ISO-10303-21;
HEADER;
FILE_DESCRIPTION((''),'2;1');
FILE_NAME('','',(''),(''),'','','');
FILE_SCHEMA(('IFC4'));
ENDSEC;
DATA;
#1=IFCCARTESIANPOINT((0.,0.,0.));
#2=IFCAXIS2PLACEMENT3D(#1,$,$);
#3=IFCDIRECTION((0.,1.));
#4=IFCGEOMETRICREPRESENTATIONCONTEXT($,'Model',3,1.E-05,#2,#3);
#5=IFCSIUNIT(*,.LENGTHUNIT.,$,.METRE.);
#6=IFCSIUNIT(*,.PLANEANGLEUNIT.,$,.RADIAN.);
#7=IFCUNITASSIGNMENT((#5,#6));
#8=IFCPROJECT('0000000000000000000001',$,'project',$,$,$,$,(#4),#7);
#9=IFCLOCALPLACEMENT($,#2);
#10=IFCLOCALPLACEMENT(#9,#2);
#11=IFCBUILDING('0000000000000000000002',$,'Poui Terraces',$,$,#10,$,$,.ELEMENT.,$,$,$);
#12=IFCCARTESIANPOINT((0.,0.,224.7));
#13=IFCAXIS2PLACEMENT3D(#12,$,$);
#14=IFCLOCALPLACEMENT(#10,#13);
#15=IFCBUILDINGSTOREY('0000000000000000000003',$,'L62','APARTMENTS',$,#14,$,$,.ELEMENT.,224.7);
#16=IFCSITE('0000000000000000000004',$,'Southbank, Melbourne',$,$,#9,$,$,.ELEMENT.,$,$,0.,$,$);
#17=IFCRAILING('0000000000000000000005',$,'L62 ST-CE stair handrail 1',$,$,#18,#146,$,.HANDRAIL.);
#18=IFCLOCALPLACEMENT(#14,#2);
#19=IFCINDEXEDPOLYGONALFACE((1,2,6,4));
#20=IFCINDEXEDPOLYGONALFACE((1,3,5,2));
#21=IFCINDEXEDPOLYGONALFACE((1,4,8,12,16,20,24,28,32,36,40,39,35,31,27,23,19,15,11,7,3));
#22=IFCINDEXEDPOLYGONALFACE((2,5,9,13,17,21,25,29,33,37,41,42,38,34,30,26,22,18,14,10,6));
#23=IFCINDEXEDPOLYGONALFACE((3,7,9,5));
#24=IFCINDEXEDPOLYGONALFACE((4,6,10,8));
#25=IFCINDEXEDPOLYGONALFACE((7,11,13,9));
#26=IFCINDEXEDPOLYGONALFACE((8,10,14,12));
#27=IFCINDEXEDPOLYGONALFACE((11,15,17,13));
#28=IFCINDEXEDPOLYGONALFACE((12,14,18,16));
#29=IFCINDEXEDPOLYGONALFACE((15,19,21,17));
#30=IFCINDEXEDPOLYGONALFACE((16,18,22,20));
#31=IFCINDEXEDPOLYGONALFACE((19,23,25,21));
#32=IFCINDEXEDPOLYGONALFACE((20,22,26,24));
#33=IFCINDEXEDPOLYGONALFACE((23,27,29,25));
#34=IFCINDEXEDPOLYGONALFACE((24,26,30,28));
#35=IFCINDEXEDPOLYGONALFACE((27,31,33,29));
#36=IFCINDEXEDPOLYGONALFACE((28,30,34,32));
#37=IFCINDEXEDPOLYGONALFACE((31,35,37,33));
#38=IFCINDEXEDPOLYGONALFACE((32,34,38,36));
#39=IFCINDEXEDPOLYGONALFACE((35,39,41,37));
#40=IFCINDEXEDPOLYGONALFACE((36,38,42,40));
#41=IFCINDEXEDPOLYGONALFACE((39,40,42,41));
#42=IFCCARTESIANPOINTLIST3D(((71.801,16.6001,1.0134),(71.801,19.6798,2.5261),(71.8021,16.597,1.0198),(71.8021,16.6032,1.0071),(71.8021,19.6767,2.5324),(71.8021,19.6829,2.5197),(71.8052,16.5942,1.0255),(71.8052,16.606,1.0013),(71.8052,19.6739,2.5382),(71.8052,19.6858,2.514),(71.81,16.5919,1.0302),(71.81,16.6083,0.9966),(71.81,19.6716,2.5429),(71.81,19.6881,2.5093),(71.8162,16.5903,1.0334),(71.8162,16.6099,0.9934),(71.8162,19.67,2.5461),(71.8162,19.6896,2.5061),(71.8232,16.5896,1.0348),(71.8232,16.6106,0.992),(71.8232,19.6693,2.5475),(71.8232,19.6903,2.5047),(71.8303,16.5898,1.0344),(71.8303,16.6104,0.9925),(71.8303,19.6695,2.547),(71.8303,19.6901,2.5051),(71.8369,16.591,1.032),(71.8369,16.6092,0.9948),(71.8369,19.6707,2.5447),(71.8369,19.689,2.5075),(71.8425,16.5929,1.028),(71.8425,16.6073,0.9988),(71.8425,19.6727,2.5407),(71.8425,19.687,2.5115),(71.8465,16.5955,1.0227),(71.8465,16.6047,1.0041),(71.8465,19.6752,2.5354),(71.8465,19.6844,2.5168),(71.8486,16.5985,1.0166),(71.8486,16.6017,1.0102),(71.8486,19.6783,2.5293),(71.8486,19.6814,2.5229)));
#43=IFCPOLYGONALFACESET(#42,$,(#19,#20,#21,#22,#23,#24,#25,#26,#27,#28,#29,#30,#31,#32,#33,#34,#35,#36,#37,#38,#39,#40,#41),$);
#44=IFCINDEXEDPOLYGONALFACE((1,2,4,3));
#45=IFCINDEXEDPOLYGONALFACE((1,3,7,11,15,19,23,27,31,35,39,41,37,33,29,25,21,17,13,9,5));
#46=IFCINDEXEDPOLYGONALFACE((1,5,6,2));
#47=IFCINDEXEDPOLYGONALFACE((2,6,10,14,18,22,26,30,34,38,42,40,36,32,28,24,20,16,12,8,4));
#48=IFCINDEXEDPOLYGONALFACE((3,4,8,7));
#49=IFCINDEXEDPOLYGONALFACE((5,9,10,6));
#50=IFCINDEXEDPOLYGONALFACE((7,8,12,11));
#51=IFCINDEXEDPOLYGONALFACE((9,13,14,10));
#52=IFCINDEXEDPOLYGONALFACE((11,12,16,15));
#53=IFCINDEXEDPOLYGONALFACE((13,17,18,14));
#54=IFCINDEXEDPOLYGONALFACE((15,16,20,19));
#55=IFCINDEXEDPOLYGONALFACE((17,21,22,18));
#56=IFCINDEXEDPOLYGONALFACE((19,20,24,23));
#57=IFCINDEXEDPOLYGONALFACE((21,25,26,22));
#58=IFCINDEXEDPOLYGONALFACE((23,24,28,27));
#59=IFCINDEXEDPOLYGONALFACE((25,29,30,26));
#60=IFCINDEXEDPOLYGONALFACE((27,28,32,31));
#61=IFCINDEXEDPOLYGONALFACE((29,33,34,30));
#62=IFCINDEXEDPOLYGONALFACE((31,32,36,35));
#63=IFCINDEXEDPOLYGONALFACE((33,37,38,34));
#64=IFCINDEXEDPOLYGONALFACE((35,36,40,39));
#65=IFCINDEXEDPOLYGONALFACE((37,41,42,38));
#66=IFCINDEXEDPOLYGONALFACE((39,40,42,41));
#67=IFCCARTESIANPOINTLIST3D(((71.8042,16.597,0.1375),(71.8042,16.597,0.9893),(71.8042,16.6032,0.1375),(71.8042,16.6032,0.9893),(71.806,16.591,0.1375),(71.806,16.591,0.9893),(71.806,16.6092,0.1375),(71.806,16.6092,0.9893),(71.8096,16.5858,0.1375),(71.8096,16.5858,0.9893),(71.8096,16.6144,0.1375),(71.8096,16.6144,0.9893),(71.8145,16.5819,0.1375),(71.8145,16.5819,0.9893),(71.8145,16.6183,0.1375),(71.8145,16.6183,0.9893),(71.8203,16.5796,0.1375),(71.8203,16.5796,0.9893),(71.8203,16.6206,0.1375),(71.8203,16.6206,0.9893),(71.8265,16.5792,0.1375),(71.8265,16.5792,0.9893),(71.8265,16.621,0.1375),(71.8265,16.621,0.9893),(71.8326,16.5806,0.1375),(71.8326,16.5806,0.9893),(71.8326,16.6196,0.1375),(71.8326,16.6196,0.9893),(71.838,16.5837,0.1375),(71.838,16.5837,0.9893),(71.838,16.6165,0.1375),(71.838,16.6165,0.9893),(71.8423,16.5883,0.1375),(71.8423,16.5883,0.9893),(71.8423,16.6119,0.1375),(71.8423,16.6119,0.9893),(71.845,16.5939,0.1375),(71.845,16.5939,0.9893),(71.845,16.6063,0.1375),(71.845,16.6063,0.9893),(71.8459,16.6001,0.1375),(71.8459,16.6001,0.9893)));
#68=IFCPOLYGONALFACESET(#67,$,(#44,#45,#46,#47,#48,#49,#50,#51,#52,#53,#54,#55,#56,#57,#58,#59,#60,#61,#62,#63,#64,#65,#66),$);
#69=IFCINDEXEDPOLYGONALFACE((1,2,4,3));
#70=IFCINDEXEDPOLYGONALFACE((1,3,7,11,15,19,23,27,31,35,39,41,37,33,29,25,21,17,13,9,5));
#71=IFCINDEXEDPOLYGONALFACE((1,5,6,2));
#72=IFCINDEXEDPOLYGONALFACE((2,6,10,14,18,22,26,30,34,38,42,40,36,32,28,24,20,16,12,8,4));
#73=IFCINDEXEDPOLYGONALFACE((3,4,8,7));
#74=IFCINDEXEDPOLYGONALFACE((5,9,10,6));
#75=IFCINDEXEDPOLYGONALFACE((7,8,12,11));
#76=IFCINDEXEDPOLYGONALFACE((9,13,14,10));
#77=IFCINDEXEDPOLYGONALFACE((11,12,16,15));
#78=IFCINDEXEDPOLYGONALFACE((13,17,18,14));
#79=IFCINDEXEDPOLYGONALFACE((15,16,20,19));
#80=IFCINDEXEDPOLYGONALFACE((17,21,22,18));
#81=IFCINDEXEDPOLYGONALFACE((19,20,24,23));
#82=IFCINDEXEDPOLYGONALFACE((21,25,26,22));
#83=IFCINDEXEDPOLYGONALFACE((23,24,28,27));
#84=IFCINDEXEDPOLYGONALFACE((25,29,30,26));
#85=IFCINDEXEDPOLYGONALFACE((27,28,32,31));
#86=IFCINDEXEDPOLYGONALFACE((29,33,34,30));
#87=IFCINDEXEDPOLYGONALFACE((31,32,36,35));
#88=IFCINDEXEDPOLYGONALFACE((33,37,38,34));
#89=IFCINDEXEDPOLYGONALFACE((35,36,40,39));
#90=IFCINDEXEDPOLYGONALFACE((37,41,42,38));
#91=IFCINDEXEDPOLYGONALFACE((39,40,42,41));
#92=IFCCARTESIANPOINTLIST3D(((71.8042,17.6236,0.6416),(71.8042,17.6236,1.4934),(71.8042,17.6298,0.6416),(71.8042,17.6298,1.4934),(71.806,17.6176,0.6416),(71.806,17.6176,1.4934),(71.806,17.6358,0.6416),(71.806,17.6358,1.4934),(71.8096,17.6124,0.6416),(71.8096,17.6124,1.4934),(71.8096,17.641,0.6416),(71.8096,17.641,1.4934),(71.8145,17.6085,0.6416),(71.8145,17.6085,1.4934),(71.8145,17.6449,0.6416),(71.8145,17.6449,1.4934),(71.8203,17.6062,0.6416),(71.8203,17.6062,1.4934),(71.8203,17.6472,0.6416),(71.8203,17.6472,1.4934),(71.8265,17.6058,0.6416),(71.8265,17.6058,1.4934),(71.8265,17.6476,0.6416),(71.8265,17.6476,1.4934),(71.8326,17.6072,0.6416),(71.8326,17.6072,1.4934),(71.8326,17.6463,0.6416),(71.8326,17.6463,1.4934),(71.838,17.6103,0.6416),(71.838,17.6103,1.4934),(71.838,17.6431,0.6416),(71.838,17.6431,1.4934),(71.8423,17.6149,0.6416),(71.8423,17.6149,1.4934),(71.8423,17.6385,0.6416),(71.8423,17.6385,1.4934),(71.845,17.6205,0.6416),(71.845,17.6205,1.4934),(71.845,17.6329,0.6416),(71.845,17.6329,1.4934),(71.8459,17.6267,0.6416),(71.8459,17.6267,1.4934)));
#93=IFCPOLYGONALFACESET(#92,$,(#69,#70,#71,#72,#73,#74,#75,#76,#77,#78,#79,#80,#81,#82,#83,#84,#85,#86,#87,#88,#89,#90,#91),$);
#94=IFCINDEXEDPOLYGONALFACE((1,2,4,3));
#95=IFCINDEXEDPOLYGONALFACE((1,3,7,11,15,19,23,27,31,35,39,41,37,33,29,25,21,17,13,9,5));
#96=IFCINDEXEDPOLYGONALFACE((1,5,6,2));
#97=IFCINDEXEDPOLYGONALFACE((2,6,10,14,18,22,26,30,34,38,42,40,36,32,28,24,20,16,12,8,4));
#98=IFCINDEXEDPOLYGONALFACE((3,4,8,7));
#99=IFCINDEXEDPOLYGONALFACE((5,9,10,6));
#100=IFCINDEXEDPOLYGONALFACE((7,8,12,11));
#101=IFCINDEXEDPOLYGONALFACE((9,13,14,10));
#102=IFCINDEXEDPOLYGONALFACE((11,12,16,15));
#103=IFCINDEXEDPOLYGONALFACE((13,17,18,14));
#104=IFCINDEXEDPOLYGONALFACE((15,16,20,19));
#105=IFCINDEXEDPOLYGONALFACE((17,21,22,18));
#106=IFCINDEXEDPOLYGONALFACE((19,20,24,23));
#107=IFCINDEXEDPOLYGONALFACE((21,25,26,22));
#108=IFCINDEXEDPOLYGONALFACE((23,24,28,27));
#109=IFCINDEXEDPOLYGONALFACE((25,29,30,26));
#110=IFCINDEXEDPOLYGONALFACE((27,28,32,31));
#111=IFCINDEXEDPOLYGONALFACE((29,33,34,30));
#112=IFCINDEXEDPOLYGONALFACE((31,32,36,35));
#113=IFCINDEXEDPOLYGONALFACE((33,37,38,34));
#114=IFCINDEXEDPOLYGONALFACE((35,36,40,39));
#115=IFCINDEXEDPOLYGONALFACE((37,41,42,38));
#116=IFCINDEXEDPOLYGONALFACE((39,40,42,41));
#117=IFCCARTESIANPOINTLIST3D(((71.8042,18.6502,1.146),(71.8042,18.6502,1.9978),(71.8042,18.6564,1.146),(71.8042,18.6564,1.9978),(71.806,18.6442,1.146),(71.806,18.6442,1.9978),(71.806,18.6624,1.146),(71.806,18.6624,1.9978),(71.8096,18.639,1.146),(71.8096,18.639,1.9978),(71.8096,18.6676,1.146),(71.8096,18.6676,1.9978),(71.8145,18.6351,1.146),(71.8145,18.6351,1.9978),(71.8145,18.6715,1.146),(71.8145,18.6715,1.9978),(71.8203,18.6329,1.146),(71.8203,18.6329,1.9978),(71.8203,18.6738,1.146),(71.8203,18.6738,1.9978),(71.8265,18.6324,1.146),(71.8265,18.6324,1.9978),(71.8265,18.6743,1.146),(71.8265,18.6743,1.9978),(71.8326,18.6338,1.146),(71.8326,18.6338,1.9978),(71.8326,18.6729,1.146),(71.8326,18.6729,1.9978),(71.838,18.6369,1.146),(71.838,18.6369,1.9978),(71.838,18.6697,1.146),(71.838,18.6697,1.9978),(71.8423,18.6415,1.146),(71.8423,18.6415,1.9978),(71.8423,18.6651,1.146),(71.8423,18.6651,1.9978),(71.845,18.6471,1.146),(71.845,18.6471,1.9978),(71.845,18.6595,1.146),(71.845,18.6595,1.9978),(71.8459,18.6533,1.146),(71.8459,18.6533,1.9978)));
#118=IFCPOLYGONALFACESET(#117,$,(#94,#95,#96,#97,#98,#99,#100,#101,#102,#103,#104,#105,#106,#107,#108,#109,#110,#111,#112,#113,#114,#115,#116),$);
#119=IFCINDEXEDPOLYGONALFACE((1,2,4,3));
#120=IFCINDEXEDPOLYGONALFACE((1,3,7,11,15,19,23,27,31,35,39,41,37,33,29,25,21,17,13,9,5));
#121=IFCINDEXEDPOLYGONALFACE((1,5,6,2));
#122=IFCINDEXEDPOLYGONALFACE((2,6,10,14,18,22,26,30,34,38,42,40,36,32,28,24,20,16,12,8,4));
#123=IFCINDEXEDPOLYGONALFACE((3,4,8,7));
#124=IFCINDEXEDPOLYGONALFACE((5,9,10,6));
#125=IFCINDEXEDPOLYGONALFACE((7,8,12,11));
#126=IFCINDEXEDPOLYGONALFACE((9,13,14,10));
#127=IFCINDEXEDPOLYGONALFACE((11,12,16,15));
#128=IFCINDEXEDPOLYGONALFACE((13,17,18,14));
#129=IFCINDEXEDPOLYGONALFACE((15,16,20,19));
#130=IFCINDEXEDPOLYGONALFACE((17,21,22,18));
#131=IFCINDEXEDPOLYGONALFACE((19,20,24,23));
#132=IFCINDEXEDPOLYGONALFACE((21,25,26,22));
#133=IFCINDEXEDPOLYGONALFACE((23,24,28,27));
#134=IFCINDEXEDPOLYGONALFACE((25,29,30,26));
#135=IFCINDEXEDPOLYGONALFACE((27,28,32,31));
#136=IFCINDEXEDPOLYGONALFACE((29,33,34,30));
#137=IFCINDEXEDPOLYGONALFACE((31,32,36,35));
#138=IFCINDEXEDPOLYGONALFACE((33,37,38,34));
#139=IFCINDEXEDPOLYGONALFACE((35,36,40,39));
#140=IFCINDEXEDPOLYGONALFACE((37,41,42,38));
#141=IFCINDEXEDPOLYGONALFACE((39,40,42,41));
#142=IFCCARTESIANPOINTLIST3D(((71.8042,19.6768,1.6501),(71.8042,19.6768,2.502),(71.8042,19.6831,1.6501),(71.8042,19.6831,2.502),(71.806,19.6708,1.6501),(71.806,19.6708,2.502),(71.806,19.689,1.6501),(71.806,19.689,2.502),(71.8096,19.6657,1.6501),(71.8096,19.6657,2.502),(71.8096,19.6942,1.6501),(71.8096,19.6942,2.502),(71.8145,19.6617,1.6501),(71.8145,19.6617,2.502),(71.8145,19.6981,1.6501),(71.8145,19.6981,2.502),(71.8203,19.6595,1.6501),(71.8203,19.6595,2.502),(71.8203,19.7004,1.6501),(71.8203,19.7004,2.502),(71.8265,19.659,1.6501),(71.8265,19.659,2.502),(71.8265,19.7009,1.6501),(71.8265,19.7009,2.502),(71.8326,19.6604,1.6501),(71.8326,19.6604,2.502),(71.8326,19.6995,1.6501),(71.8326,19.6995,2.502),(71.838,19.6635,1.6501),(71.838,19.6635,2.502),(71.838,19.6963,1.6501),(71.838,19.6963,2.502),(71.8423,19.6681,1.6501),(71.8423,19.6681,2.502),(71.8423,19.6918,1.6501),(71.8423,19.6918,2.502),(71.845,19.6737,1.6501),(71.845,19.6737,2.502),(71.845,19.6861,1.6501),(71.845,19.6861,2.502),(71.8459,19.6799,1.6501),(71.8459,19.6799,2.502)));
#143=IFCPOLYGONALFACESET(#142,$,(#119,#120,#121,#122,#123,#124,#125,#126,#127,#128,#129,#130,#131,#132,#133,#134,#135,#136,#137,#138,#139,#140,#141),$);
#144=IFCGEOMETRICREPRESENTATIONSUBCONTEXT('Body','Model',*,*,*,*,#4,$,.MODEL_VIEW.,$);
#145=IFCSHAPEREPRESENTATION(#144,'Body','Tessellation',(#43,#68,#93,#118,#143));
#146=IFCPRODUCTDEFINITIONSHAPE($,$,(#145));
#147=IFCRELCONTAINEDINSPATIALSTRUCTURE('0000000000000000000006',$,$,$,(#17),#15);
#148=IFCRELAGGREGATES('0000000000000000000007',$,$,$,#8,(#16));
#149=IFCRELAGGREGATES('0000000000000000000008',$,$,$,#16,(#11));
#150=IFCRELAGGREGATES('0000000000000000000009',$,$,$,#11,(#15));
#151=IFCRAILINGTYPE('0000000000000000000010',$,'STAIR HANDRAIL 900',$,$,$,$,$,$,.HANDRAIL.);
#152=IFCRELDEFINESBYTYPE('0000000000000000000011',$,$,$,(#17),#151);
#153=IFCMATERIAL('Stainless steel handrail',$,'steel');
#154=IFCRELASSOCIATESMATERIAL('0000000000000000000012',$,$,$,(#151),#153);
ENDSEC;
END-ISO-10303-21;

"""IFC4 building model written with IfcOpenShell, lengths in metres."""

from ifc_helpers import new_model, si_unit, direction, frame, origin, origin_2d, place, context, subcontext, project, spatial, circle, extrude, material, type_object, element, save


model = new_model("IFC4")

# Units and contexts
model_context = context("Model", 3, precision=1e-05, world=origin(), true_north=direction((0.0, 1.0)))
body_context = subcontext(model_context, "Body", "Model", "MODEL_VIEW")
ifc_project = project(units=[si_unit("LENGTHUNIT", "METRE"), si_unit("PLANEANGLEUNIT", "RADIAN")], contexts=[model_context])

# Site, building, storey
site_placement = place(None, origin())
site = spatial("IfcSite", under=ifc_project, at=site_placement, Name="Southbank, Melbourne", CompositionType="ELEMENT", RefElevation=0.0)
building_placement = place(site_placement, origin())
building = spatial("IfcBuilding", under=site, at=building_placement, Name="Poui Terraces", CompositionType="ELEMENT")
storey_placement = place(building_placement, frame((0.0, 0.0, 224.7)))
storey = spatial("IfcBuildingStorey", under=building, at=storey_placement, Name="L62", Description="APARTMENTS", CompositionType="ELEMENT", Elevation=224.7)

# Railing
ifc_material_1 = material(Name="Stainless steel handrail", Category="steel")
railing_type_1 = type_object("IfcRailingType", Name="STAIR HANDRAIL 900", PredefinedType="HANDRAIL", material=ifc_material_1)
for number, where, name in (
    (1, (71.825, 16.6001, 0.1375), "L62 ST-CE stair handrail 1"),
):
    element("IfcRailing", number, at=place(storey_placement, frame(where)), inside=storey, type_object=railing_type_1, Name=name, PredefinedType="HANDRAIL", context=body_context, shape_type="SweptSolid", body=[
        extrude(circle(Radius=0.0239, at=origin_2d()), frame((0.0, 0.0, 0.876), z_axis=(0.0, 0.897578, 0.440856), x_axis=(-1.0, 0.0, 0.0)), (0.0, 0.0, 1.0), 3.4312),
        extrude(circle(Radius=0.021, at=origin_2d()), origin(), (0.0, 0.0, 1.0), 0.8518),
        extrude(circle(Radius=0.021, at=origin_2d()), frame((0.0, 1.0266, 0.5042)), (0.0, 0.0, 1.0), 0.8518),
        extrude(circle(Radius=0.021, at=origin_2d()), frame((0.0, 2.0532, 1.0085)), (0.0, 0.0, 1.0), 0.8518),
        extrude(circle(Radius=0.021, at=origin_2d()), frame((0.0, 3.0798, 1.5127)), (0.0, 0.0, 1.0), 0.8518),
    ])

save(model, "model.ifc")
